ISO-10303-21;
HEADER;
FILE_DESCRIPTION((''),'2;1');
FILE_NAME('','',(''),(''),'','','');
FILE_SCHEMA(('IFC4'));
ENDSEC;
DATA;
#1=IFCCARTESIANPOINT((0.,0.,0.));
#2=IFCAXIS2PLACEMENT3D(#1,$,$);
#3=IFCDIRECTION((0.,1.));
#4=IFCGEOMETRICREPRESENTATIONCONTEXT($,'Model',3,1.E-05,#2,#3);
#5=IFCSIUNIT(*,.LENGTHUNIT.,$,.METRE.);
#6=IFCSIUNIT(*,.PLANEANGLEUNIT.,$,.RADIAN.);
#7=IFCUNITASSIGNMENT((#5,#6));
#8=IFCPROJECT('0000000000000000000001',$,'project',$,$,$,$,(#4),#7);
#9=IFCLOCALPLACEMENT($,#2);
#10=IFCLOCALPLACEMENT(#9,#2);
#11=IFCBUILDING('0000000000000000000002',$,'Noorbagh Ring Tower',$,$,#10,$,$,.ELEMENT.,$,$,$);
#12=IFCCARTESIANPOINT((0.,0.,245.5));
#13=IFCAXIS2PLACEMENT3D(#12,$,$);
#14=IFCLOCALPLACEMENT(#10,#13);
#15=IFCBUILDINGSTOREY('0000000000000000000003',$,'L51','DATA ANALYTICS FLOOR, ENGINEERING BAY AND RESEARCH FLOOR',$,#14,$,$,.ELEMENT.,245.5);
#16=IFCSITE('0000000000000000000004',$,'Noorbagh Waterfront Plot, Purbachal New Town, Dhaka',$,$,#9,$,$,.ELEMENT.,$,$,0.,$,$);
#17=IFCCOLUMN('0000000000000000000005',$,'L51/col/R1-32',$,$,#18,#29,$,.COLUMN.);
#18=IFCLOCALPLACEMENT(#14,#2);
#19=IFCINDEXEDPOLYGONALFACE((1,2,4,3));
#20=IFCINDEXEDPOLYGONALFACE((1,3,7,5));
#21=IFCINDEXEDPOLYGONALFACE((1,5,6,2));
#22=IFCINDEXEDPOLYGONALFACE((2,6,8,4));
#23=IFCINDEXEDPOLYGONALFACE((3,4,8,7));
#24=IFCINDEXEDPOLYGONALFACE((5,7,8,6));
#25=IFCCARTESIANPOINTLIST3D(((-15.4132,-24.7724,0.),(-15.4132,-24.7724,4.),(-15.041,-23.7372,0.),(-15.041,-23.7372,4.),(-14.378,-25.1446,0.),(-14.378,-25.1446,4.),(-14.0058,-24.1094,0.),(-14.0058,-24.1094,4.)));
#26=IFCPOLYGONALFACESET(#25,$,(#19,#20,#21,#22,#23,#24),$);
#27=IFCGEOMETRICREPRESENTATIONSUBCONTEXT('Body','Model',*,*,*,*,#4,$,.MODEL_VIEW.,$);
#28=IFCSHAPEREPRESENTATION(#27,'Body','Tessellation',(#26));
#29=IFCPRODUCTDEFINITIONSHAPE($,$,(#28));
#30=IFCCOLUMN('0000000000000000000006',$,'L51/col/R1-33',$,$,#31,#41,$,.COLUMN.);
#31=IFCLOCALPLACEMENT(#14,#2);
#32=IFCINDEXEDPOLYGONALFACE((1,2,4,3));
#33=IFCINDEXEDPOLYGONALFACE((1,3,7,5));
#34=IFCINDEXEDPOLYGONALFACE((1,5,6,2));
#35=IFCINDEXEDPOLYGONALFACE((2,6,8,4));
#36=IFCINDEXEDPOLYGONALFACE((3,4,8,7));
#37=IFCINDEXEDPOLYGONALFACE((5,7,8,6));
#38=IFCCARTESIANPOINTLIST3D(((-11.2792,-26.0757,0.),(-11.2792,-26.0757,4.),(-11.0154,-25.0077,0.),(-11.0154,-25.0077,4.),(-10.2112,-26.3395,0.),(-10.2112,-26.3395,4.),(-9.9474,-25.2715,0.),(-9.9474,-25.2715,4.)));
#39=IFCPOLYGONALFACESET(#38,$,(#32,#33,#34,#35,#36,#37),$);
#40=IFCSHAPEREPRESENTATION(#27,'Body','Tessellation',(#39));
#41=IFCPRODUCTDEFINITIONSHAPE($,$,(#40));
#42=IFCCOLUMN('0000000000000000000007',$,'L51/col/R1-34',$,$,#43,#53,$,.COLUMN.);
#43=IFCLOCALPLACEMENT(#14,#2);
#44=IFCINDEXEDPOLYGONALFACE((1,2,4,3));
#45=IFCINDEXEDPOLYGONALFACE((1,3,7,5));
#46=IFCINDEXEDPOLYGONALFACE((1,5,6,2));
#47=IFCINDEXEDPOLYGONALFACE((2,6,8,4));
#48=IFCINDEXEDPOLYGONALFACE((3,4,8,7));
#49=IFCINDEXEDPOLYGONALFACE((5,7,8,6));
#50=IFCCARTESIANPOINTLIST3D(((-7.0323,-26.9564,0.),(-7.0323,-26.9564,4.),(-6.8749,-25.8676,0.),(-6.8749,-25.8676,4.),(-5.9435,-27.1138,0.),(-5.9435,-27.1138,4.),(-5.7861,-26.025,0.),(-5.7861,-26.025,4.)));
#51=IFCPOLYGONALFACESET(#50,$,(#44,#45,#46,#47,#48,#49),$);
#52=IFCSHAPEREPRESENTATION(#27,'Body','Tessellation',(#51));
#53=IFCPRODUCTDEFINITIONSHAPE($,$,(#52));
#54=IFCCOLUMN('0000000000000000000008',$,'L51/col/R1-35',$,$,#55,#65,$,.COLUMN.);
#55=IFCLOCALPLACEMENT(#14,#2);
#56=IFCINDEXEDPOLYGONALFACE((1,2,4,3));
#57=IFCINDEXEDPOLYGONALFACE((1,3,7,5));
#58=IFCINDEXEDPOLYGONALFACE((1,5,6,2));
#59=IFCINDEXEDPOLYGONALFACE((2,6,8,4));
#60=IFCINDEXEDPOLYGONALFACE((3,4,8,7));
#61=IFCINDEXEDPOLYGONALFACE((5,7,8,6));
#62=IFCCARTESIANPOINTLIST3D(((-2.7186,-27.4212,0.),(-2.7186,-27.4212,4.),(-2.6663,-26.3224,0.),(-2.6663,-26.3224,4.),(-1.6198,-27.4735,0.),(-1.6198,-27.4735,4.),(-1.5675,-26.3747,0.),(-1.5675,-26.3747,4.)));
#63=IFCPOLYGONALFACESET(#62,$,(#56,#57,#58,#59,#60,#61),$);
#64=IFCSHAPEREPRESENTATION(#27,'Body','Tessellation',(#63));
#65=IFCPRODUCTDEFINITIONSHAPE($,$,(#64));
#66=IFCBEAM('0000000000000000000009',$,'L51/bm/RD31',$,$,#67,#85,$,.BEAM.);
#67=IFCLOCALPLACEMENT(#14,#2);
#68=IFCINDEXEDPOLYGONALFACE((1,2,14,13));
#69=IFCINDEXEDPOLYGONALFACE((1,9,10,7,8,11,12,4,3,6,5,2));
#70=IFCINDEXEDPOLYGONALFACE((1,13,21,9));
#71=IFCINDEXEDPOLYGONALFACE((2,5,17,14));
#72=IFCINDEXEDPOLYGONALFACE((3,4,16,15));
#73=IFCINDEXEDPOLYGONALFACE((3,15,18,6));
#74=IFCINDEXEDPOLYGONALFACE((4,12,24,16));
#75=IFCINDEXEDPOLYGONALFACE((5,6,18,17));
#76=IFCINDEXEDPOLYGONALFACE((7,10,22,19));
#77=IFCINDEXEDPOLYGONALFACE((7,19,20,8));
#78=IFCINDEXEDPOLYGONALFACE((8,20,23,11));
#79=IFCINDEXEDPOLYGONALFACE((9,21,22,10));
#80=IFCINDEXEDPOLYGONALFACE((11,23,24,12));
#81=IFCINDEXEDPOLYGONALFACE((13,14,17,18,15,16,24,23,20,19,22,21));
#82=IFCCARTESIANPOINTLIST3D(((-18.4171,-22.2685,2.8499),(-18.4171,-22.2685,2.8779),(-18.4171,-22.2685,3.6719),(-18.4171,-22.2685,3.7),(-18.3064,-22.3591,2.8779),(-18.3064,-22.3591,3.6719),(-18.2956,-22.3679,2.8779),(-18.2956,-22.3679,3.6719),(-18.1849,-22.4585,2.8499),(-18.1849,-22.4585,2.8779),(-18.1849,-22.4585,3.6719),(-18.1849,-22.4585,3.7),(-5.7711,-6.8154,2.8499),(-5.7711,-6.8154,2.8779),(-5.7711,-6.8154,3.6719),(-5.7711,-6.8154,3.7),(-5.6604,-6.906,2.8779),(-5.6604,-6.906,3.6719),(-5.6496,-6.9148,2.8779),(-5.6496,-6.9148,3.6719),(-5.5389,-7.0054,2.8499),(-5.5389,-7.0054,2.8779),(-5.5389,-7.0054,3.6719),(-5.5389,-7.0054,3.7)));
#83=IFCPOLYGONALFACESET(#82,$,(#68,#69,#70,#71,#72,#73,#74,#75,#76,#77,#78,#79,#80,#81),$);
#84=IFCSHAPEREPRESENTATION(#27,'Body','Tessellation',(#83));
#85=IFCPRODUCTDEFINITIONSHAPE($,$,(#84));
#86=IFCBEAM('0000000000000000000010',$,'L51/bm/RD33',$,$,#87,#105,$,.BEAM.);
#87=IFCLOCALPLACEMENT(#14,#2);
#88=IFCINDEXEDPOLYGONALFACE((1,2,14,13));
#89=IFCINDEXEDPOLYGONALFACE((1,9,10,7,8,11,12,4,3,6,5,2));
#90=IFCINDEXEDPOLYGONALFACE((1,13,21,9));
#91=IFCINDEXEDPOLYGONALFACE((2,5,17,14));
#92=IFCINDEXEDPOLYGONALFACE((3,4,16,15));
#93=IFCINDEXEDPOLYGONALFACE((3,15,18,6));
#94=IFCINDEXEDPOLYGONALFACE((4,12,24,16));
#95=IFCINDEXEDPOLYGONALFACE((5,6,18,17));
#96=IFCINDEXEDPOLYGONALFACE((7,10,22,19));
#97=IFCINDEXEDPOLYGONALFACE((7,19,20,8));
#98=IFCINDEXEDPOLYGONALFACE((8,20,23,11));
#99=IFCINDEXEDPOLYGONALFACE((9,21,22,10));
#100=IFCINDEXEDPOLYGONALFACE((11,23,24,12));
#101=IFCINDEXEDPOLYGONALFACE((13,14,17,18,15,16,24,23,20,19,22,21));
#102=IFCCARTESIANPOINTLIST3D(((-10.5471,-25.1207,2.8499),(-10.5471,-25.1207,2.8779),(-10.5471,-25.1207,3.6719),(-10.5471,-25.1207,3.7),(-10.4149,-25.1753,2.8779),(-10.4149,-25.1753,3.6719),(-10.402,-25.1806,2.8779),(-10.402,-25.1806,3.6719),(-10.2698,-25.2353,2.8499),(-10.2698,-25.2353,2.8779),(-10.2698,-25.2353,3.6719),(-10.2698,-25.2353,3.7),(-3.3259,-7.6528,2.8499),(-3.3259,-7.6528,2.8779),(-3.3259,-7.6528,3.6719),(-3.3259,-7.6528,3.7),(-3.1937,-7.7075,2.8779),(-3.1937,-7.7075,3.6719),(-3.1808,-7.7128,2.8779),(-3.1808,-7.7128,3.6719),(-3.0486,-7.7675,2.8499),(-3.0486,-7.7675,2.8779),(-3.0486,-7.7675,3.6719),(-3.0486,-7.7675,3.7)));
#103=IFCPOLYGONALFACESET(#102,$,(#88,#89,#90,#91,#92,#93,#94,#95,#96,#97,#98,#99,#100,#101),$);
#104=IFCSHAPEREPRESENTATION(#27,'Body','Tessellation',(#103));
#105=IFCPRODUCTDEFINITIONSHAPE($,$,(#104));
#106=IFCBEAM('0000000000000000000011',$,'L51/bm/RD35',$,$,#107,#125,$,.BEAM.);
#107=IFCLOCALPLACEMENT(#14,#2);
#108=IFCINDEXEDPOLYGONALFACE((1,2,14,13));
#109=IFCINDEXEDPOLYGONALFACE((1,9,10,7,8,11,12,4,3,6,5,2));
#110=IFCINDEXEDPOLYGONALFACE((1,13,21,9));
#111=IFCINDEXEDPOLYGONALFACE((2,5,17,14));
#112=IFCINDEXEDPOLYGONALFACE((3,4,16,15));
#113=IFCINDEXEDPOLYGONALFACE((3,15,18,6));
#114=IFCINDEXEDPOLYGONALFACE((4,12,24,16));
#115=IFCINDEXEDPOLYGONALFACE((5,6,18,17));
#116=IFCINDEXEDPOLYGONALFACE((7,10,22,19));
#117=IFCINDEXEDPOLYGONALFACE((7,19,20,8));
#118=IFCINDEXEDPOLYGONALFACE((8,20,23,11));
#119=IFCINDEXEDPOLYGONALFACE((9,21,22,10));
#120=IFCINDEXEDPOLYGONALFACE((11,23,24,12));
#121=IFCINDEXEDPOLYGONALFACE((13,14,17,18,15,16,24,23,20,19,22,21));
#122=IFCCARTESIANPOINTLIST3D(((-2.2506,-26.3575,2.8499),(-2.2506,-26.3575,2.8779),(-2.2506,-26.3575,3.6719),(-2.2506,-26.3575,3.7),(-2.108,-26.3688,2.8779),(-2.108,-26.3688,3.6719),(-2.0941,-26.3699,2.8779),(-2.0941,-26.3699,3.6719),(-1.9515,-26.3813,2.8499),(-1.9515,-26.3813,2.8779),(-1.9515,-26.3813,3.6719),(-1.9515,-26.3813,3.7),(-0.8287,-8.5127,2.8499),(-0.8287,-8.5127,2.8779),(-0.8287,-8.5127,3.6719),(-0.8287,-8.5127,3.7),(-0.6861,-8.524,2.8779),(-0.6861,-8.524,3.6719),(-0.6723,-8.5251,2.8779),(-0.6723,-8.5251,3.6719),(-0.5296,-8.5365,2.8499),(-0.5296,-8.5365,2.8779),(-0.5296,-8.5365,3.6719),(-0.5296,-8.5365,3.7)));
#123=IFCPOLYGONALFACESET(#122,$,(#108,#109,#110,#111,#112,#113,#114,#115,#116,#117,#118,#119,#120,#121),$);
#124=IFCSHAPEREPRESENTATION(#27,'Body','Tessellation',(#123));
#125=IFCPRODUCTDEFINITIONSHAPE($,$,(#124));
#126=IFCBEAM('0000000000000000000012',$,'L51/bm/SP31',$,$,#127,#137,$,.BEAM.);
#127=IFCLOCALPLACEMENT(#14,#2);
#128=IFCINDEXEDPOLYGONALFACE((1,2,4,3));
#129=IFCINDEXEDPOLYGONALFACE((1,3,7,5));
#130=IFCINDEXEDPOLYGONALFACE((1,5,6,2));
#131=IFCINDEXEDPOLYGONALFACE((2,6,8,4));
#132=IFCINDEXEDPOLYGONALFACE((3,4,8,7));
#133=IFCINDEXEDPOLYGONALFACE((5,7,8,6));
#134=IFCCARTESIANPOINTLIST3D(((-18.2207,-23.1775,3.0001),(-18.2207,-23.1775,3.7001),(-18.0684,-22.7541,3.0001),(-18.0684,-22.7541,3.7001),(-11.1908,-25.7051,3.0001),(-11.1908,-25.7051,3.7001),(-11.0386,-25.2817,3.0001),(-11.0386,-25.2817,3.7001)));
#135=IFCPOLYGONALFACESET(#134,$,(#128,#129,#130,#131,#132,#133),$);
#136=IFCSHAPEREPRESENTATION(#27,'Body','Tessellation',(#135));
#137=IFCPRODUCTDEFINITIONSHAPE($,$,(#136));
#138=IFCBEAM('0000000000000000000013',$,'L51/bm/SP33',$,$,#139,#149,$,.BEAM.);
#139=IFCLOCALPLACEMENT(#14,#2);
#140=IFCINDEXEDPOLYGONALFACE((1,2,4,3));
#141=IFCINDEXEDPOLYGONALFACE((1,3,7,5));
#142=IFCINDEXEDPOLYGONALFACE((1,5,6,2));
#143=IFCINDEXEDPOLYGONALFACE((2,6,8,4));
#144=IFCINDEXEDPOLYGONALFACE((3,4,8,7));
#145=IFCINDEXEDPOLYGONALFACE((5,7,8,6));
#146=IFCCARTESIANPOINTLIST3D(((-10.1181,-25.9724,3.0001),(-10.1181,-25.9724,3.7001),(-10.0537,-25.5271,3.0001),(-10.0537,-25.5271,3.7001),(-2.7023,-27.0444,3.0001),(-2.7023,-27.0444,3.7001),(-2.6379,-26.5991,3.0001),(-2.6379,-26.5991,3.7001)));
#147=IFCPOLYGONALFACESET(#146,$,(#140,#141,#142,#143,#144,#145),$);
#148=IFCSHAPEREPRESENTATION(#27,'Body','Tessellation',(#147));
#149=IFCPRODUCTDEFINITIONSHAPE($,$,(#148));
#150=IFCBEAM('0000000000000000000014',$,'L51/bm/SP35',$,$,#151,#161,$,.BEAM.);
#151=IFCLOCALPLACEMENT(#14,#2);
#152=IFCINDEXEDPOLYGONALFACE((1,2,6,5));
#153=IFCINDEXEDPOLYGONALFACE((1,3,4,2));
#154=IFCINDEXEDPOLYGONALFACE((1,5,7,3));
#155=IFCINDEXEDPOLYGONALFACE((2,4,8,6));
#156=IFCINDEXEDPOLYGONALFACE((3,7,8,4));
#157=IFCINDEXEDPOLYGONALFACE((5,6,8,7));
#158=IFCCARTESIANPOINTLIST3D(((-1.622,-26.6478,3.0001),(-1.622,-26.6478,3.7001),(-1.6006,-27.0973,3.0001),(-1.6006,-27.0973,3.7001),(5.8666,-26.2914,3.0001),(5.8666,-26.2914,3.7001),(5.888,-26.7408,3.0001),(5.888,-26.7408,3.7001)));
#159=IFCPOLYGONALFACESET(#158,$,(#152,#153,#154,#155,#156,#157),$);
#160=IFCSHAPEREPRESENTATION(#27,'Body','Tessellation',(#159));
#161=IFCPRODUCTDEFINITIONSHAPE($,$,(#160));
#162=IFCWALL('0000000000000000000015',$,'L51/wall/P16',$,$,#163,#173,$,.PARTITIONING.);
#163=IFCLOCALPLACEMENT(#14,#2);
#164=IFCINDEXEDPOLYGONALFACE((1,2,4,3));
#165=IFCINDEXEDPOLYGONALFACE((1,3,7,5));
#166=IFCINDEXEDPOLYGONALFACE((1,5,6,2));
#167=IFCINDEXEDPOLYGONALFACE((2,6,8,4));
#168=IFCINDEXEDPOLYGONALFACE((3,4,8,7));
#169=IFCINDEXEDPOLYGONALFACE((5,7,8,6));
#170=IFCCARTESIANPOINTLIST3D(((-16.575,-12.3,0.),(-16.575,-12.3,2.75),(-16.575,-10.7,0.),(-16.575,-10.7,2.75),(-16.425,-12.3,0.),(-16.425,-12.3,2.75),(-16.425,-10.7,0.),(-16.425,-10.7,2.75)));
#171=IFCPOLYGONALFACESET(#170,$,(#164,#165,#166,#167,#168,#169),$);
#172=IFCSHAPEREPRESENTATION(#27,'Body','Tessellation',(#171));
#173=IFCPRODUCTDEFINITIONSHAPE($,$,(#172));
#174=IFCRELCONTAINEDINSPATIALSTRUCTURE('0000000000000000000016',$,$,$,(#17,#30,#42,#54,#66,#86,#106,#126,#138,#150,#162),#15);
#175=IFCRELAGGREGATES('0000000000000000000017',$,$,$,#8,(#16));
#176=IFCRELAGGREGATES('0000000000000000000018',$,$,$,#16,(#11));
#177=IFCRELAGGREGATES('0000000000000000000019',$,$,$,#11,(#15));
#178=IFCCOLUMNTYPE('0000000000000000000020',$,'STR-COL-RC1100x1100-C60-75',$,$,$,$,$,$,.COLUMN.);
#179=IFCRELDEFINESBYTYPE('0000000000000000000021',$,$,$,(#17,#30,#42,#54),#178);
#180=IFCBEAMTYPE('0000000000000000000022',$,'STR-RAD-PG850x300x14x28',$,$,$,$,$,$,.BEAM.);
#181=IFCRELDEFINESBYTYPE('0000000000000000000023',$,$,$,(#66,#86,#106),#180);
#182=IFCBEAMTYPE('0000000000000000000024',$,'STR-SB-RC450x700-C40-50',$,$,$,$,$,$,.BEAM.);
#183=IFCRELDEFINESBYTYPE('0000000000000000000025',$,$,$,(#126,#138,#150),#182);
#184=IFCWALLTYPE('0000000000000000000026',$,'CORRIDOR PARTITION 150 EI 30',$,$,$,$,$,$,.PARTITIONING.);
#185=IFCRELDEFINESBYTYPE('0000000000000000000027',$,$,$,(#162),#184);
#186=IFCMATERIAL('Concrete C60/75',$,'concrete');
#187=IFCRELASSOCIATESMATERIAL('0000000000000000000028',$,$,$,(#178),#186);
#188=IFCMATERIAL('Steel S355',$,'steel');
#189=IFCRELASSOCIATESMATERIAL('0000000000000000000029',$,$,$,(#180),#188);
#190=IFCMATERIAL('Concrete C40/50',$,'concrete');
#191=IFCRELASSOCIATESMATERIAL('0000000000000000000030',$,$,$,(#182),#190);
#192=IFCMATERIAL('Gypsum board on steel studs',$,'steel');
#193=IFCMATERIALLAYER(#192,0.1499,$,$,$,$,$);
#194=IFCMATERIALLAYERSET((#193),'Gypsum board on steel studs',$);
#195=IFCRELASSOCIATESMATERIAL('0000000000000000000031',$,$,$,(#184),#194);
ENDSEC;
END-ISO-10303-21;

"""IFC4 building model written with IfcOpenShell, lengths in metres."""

from ifc_helpers import new_model, si_unit, direction, frame, frame_2d, origin, origin_2d, place, context, subcontext, project, spatial, rectangle, i_section, extrude, material, layer, layer_set, material_profile, profile_set, type_object, element, save


model = new_model("IFC4")

# Units and contexts
model_context = context("Model", 3, precision=1e-05, world=origin(), true_north=direction((0.0, 1.0)))
body_context = subcontext(model_context, "Body", "Model", "MODEL_VIEW")
ifc_project = project(units=[si_unit("LENGTHUNIT", "METRE"), si_unit("PLANEANGLEUNIT", "RADIAN")], contexts=[model_context])

# Site, building, storey
site_placement = place(None, origin())
site = spatial("IfcSite", under=ifc_project, at=site_placement, Name="Noorbagh Waterfront Plot, Purbachal New Town, Dhaka", CompositionType="ELEMENT", RefElevation=0.0)
building_placement = place(site_placement, origin())
building = spatial("IfcBuilding", under=site, at=building_placement, Name="Noorbagh Ring Tower", CompositionType="ELEMENT")
storey_placement = place(building_placement, frame((0.0, 0.0, 245.5)))
storey = spatial("IfcBuildingStorey", under=building, at=storey_placement, Name="L51", Description="DATA ANALYTICS FLOOR, ENGINEERING BAY AND RESEARCH FLOOR", CompositionType="ELEMENT", Elevation=245.5)

# Columns
ifc_material_1 = material(Name="Concrete C60/75", Category="concrete")
ifc_material_profile_1 = material_profile(ifc_material_1, rectangle(XDim=1.1001, YDim=1.1001, at=origin_2d()), Name="RC1100x1100")
ifc_profile_set_1 = profile_set([ifc_material_profile_1], Name="Concrete C60/75")
column_type = type_object("IfcColumnType", Name="STR-COL-RC1100x1100-C60-75", PredefinedType="COLUMN", material=ifc_profile_set_1)
for number, where, z_axis, x_axis, name in (
    (1, (-14.7095, -24.4409, 0.0), (0.0, 0.0, 1.0), (0.941025, -0.338338, 0.0), "L51/col/R1-32"),
    (2, (-10.6133, -25.6736, 0.0), (0.0, 0.0, 1.0), (0.970829, -0.239771, 0.0), "L51/col/R1-33"),
    (3, (-6.4092, -26.4907, 0.0), (0.0, 0.0, 1.0), (0.989713, -0.143066, 0.0), "L51/col/R1-34"),
    (4, (-2.1431, -26.8979, 0.0), (0.0, 0.0, 1.0), (0.998869, -0.047553, 0.0), "L51/col/R1-35"),
):
    element("IfcColumn", number, at=place(storey_placement, frame(where, z_axis=z_axis, x_axis=x_axis)), inside=storey, type_object=column_type, Name=name, PredefinedType="COLUMN", context=body_context, shape_type="SweptSolid", body=[
        extrude(rectangle(XDim=1.1001, YDim=1.1001, at=origin_2d()), origin(), (0.0, 0.0, 1.0), 4.0),
    ])

# Beams
ifc_material_2 = material(Name="Steel S355", Category="steel")
ifc_material_profile_2 = material_profile(ifc_material_2, i_section(OverallWidth=0.3, OverallDepth=0.8501, WebThickness=0.0139, FlangeThickness=0.0281, at=origin_2d()), Name="PG850x300x14x28")
ifc_profile_set_2 = profile_set([ifc_material_profile_2], Name="Steel S355")
beam_type_1 = type_object("IfcBeamType", Name="STR-RAD-PG850x300x14x28", PredefinedType="BEAM", material=ifc_profile_set_2)
beam_1_placement = place(storey_placement, frame((-18.301, -22.3635, 3.2749), z_axis=(0.633314, 0.773895, 0.0), x_axis=(-0.773895, 0.633314, 0.0)))
element("IfcBeam", 5, at=beam_1_placement, inside=storey, type_object=beam_type_1, Name="L51/bm/RD31", PredefinedType="BEAM", context=body_context, shape_type="SweptSolid", body=[
    extrude(i_section(OverallWidth=0.3, OverallDepth=0.8501, WebThickness=0.0139, FlangeThickness=0.0281, at=origin_2d()), origin(), (0.0, 0.0, 1.0), 19.968),
])
beam_2_placement = place(storey_placement, frame((-10.4084, -25.178, 3.2749), z_axis=(0.382042, 0.924145, 0.0), x_axis=(-0.924145, 0.382042, 0.0)))
element("IfcBeam", 6, at=beam_2_placement, inside=storey, type_object=beam_type_1, Name="L51/bm/RD33", PredefinedType="BEAM", context=body_context, shape_type="SweptSolid", body=[
    extrude(i_section(OverallWidth=0.3, OverallDepth=0.8501, WebThickness=0.0139, FlangeThickness=0.0281, at=origin_2d()), origin(), (0.0, 0.0, 1.0), 18.9016),
])
beam_3_placement = place(storey_placement, frame((-2.1011, -26.3694, 3.2749), z_axis=(0.079429, 0.996841, 0.0), x_axis=(-0.996841, 0.079429, 0.0)))
element("IfcBeam", 7, at=beam_3_placement, inside=storey, type_object=beam_type_1, Name="L51/bm/RD35", PredefinedType="BEAM", context=body_context, shape_type="SweptSolid", body=[
    extrude(i_section(OverallWidth=0.3, OverallDepth=0.8501, WebThickness=0.0139, FlangeThickness=0.0281, at=origin_2d()), origin(), (0.0, 0.0, 1.0), 17.9014),
])
ifc_material_3 = material(Name="Concrete C40/50", Category="concrete")
ifc_material_profile_3 = material_profile(ifc_material_3, rectangle(XDim=0.45, YDim=0.7, at=origin_2d()), Name="RC450x700")
ifc_profile_set_3 = profile_set([ifc_material_profile_3], Name="Concrete C40/50")
beam_type_2 = type_object("IfcBeamType", Name="STR-SB-RC450x700-C40-50", PredefinedType="BEAM", material=ifc_profile_set_3)
beam_4_placement = place(storey_placement, frame((-18.1445, -22.9658, 3.3501), z_axis=(0.941021, -0.338348, 0.0), x_axis=(0.338348, 0.941021, 0.0)))
element("IfcBeam", 8, at=beam_4_placement, inside=storey, type_object=beam_type_2, Name="L51/bm/SP31", PredefinedType="BEAM", context=body_context, shape_type="SweptSolid", body=[
    extrude(rectangle(XDim=0.45, YDim=0.7, at=origin_2d()), origin(), (0.0, 0.0, 1.0), 7.4705),
])
beam_5_placement = place(storey_placement, frame((-10.0859, -25.7498, 3.3501), z_axis=(0.989712, -0.143072, 0.0), x_axis=(0.143072, 0.989712, 0.0)))
element("IfcBeam", 9, at=beam_5_placement, inside=storey, type_object=beam_type_2, Name="L51/bm/SP33", PredefinedType="BEAM", context=body_context, shape_type="SweptSolid", body=[
    extrude(rectangle(XDim=0.45, YDim=0.7, at=origin_2d()), origin(), (0.0, 0.0, 1.0), 7.4929),
])
beam_6_placement = place(storey_placement, frame((-1.6113, -26.8726, 3.3501), z_axis=(0.998869, 0.047545, 0.0), x_axis=(-0.047545, 0.998869, 0.0)))
element("IfcBeam", 10, at=beam_6_placement, inside=storey, type_object=beam_type_2, Name="L51/bm/SP35", PredefinedType="BEAM", context=body_context, shape_type="SweptSolid", body=[
    extrude(rectangle(XDim=0.45, YDim=0.7, at=origin_2d()), origin(), (0.0, 0.0, 1.0), 7.4971),
])

# Wall
ifc_material_4 = material(Name="Gypsum board on steel studs", Category="steel")
ifc_layer_1 = layer(ifc_material_4, 0.1499)
ifc_layer_set_1 = layer_set([ifc_layer_1], Name="Gypsum board on steel studs")
wall_type_1 = type_object("IfcWallType", Name="CORRIDOR PARTITION 150 EI 30", PredefinedType="PARTITIONING", material=ifc_layer_set_1)
wall_1_placement = place(storey_placement, frame((-16.5, -12.3, 0.0), z_axis=(0.0, 0.0, 1.0), x_axis=(0.0, 1.0, 0.0)))
element("IfcWall", 11, at=wall_1_placement, inside=storey, type_object=wall_type_1, Name="L51/wall/P16", PredefinedType="PARTITIONING", context=body_context, shape_type="SweptSolid", body=[
    extrude(rectangle(XDim=1.6001, YDim=0.1499, at=frame_2d((0.8, 0.0))), origin(), (0.0, 0.0, 1.0), 2.75),
])

save(model, "model.ifc")
